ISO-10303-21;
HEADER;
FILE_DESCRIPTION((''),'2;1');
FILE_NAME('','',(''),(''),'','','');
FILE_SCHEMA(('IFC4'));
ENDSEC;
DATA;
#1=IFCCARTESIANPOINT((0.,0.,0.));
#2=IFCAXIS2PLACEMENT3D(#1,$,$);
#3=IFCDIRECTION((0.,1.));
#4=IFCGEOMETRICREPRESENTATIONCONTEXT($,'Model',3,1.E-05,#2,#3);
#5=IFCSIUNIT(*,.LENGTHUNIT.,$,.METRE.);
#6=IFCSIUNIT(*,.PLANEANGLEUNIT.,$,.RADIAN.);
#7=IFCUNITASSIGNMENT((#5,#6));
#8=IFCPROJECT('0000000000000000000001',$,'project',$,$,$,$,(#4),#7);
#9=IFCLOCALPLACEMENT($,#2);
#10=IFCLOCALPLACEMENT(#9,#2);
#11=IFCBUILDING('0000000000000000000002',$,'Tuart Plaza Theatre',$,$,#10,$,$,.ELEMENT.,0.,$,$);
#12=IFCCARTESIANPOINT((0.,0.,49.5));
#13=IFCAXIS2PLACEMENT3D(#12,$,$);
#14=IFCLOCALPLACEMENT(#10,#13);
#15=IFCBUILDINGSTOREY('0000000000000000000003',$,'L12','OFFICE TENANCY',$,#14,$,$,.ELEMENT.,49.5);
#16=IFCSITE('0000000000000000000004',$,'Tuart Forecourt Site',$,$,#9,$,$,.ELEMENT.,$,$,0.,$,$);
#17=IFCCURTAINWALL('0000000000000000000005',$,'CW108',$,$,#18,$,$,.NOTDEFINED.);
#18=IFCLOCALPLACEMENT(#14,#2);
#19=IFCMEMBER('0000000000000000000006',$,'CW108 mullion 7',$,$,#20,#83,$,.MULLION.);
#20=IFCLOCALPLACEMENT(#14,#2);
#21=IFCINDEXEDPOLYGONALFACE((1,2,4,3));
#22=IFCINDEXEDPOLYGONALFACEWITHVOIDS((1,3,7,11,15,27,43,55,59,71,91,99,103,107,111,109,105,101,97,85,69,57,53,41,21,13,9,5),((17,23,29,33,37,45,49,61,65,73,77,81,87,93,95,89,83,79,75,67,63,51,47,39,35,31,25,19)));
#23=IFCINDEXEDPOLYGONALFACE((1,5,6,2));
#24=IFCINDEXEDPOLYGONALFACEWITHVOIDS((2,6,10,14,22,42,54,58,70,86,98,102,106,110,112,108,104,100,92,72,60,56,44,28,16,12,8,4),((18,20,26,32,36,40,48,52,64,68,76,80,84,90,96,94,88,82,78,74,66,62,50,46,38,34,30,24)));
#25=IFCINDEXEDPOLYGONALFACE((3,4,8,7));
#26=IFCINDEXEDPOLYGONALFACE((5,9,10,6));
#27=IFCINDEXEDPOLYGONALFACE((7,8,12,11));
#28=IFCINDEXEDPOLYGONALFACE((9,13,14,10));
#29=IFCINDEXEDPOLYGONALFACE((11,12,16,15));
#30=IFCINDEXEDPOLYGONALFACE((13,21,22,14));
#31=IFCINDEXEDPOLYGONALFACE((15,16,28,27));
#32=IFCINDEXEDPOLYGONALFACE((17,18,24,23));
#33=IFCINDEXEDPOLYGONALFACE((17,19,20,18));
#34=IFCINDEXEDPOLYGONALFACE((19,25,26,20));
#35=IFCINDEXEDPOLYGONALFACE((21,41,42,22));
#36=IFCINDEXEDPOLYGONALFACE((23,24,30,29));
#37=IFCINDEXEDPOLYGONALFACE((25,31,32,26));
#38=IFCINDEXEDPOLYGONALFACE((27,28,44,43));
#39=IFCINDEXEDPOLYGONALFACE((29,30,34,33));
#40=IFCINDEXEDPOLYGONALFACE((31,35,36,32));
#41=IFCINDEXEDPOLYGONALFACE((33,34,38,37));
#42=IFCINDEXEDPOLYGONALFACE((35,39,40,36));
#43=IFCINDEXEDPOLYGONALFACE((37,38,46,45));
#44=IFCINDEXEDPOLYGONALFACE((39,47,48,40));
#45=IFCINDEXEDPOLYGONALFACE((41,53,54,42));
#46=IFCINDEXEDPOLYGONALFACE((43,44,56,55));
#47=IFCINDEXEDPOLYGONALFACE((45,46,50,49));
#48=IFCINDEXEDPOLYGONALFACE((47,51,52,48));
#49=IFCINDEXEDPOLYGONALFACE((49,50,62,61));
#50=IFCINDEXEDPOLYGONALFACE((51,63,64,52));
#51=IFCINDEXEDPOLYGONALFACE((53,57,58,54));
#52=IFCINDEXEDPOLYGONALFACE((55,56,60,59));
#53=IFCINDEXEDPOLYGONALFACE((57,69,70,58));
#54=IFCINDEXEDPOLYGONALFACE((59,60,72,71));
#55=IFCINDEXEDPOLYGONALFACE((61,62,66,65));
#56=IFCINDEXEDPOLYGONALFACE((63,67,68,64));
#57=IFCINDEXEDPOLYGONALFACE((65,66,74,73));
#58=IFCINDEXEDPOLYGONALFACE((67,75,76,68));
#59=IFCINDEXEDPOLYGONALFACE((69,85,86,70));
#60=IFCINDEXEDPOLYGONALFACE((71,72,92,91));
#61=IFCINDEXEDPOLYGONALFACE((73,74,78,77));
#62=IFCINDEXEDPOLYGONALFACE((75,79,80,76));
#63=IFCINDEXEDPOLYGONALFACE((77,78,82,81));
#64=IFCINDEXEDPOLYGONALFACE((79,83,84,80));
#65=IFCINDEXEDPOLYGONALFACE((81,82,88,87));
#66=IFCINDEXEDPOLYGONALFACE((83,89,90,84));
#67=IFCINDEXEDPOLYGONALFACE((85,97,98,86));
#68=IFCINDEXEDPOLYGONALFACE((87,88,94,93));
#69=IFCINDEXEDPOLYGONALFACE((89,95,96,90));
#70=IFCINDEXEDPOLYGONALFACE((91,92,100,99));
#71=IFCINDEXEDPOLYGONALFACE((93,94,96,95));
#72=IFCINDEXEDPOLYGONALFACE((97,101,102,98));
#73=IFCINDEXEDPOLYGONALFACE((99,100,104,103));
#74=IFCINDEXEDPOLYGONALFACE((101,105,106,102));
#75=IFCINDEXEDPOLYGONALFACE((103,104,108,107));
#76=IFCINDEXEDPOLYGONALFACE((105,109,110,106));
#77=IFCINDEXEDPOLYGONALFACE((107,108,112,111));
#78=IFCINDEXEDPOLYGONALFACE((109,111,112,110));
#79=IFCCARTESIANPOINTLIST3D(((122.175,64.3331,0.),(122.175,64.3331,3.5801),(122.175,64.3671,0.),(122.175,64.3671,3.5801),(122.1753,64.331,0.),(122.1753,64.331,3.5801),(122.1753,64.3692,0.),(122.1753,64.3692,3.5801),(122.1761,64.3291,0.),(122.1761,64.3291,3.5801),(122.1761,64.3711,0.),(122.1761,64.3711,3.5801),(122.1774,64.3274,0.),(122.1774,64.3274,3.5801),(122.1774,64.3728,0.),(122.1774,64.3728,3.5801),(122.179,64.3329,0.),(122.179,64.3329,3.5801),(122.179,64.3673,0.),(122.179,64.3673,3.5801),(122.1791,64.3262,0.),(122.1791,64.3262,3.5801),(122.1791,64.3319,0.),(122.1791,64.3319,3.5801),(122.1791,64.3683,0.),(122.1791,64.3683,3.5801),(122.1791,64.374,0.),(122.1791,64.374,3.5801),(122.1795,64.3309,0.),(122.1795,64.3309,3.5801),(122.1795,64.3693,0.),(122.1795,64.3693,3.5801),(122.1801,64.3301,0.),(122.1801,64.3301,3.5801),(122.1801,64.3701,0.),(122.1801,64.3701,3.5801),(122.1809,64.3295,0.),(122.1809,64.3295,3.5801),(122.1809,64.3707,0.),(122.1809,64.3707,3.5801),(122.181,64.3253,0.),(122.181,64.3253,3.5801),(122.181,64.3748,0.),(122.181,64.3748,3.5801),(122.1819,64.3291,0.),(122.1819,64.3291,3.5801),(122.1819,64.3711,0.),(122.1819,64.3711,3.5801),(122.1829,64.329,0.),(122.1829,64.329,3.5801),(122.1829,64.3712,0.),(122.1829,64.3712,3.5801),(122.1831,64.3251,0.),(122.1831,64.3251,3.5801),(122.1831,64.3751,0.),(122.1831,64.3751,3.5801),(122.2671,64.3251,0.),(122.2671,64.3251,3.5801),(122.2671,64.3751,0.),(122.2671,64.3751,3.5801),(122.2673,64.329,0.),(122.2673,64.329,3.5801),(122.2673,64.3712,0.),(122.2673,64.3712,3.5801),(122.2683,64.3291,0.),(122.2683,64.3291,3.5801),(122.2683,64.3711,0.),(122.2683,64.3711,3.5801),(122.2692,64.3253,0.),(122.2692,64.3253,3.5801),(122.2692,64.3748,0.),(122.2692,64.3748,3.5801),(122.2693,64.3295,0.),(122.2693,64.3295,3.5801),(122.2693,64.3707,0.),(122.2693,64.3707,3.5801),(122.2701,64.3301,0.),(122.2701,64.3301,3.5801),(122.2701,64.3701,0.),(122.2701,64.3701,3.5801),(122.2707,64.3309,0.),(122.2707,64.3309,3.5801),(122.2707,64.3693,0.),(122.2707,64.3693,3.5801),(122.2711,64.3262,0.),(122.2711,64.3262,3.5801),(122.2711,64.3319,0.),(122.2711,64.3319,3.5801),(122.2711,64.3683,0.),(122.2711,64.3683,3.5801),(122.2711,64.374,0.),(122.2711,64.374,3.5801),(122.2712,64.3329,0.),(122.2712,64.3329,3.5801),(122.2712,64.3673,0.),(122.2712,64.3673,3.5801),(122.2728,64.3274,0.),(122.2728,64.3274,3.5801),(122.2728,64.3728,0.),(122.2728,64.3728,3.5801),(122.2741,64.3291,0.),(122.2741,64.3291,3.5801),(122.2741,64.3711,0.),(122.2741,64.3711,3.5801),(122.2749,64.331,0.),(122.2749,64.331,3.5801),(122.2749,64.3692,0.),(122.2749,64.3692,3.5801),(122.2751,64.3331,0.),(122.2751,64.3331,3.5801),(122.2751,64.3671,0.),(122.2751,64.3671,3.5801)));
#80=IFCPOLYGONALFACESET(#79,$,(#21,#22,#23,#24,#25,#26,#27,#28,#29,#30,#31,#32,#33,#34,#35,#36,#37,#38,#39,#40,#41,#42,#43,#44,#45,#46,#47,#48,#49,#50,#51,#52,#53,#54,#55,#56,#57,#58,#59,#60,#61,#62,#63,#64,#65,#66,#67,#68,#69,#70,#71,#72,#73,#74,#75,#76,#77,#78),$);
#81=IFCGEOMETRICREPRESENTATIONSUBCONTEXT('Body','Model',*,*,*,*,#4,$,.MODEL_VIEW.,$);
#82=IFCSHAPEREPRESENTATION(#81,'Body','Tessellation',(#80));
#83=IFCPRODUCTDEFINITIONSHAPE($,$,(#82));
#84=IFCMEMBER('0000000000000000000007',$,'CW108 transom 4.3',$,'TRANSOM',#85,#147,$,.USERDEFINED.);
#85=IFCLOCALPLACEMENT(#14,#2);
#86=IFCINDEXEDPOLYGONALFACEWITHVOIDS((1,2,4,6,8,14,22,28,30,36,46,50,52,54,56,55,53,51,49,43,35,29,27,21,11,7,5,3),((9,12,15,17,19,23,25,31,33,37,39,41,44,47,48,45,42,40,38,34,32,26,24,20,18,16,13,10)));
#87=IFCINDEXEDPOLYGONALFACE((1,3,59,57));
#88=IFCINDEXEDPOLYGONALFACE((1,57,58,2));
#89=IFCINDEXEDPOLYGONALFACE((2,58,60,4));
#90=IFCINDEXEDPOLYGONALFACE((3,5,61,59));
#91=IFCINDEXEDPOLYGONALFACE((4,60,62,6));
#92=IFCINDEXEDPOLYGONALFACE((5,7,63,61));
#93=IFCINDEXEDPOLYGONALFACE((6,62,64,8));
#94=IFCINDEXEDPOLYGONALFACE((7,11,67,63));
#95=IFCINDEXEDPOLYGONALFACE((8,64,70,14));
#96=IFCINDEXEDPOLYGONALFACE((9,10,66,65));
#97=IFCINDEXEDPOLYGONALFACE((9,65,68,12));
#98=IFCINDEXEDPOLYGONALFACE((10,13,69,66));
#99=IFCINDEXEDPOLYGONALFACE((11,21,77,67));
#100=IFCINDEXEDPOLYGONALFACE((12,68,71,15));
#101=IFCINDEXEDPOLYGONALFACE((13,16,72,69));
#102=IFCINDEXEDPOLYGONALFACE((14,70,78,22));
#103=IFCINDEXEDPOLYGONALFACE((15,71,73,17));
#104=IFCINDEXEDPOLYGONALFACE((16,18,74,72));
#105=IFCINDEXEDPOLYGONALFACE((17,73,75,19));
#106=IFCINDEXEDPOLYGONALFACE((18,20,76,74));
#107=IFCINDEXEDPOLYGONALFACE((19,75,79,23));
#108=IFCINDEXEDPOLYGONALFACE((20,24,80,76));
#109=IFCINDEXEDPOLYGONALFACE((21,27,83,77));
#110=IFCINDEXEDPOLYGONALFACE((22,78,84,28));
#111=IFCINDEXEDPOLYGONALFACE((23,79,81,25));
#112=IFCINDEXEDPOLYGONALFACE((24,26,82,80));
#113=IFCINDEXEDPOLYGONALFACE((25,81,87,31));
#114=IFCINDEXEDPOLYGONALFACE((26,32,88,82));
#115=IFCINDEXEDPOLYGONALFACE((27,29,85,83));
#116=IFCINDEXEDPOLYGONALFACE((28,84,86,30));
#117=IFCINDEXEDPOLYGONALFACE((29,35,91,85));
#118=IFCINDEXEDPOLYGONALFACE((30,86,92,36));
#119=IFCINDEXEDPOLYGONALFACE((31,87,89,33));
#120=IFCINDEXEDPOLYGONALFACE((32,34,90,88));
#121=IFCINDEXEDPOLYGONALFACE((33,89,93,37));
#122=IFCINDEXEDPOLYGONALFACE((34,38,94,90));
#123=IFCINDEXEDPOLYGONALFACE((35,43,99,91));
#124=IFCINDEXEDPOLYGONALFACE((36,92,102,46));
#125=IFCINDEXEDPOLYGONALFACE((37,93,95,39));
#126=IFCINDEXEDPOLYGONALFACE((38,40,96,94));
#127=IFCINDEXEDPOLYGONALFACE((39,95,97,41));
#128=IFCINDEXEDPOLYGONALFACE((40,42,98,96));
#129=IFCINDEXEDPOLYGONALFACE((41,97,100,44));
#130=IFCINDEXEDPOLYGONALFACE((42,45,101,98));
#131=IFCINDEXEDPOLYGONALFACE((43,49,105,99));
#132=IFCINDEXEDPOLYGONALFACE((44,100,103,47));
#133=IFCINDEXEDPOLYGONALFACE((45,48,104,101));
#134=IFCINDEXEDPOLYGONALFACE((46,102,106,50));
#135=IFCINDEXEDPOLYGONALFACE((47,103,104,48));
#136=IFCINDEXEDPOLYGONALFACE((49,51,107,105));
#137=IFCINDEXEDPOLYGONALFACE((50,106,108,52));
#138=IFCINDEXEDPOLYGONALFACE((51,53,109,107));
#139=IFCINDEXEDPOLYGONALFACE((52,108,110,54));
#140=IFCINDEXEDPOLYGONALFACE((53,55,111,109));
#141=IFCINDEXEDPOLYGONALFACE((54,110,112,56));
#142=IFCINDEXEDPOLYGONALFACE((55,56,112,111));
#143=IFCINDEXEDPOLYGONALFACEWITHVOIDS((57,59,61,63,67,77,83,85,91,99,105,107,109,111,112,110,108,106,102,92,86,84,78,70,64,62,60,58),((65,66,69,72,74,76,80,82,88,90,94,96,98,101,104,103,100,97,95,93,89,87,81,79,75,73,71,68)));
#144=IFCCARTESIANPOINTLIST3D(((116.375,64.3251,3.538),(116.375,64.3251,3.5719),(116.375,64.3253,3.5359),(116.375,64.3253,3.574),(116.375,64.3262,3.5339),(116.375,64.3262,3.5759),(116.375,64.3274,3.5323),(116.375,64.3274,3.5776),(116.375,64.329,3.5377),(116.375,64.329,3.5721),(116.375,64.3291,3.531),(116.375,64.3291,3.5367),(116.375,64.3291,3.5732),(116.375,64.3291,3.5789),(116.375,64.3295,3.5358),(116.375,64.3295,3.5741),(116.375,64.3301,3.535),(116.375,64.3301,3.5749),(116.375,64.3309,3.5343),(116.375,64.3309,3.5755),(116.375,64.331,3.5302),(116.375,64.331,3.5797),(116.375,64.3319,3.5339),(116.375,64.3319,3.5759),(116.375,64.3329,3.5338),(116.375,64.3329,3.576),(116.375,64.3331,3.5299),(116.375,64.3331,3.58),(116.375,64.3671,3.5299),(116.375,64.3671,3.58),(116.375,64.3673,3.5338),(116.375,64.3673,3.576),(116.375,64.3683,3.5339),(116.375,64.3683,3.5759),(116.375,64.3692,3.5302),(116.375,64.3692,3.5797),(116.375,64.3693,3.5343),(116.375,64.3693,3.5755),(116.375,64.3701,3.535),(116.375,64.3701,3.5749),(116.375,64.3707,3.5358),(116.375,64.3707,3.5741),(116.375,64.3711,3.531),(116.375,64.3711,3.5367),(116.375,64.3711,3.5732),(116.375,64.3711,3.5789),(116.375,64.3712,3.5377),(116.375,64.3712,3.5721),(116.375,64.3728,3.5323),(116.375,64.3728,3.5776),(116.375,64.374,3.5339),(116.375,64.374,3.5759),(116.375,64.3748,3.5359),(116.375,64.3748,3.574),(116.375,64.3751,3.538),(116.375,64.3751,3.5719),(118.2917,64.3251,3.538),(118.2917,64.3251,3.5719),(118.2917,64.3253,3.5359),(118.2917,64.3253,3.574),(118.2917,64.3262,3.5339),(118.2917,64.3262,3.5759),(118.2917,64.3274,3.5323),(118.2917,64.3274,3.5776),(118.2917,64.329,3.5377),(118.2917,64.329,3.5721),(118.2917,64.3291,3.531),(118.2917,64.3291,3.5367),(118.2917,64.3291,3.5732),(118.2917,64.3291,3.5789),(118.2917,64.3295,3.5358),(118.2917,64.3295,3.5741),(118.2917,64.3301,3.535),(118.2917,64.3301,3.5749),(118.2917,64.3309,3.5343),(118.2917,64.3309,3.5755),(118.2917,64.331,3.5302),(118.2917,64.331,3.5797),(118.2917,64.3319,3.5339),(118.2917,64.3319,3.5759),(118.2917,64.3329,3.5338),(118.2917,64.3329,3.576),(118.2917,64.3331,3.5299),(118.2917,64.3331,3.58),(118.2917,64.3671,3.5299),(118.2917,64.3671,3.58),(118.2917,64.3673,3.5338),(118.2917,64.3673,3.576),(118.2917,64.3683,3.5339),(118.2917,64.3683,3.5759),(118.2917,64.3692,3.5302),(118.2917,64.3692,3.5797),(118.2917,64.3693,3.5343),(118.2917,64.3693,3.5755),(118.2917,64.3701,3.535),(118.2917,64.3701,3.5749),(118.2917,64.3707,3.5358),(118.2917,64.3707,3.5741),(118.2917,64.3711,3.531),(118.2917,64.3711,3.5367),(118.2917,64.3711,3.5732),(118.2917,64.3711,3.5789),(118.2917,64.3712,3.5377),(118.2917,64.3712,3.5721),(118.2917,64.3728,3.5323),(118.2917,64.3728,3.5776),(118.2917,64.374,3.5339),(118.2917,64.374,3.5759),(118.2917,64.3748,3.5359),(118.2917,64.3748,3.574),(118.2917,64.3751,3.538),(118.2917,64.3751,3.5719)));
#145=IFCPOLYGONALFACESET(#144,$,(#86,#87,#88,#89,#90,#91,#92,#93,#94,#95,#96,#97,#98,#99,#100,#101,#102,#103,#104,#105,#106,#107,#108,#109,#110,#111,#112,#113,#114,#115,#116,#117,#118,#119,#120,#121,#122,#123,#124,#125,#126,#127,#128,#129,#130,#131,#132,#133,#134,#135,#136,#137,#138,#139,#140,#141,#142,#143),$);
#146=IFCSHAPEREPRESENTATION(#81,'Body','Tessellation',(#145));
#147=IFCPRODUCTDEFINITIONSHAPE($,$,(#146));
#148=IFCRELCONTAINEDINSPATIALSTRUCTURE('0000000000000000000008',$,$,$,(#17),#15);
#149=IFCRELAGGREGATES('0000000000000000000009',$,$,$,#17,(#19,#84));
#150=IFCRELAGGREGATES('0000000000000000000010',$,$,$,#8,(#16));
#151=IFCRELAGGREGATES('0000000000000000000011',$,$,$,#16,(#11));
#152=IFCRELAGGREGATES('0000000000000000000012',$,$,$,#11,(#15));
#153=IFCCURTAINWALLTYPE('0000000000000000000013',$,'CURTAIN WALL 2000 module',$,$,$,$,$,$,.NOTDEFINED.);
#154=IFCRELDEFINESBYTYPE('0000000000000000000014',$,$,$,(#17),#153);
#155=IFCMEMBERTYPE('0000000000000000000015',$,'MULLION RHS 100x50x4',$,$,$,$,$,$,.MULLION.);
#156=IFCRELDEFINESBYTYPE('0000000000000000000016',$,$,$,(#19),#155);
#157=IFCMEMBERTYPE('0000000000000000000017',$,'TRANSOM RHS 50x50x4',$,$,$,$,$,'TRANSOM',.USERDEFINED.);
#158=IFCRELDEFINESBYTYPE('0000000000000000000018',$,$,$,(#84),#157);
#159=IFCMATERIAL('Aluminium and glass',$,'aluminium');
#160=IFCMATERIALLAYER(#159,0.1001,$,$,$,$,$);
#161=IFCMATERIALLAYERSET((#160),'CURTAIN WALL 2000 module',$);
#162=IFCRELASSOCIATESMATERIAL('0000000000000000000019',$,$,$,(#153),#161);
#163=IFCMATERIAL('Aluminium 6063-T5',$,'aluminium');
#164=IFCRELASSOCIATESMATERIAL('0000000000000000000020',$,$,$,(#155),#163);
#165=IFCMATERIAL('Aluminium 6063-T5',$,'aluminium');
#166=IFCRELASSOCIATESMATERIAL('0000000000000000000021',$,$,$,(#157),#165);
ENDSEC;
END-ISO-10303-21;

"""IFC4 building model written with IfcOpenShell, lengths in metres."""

from ifc_helpers import new_model, si_unit, direction, frame, origin, origin_2d, place, context, subcontext, project, spatial, hollow_rectangle, extrude, material, layer, layer_set, material_profile, profile_set, type_object, element, aggregate, save


model = new_model("IFC4")

# Units and contexts
model_context = context("Model", 3, precision=1e-05, world=origin(), true_north=direction((0.0, 1.0)))
body_context = subcontext(model_context, "Body", "Model", "MODEL_VIEW")
ifc_project = project(units=[si_unit("LENGTHUNIT", "METRE"), si_unit("PLANEANGLEUNIT", "RADIAN")], contexts=[model_context])

# Site, building, storey
site_placement = place(None, origin())
site = spatial("IfcSite", under=ifc_project, at=site_placement, Name="Tuart Forecourt Site", CompositionType="ELEMENT", RefElevation=0.0)
building_placement = place(site_placement, origin())
building = spatial("IfcBuilding", under=site, at=building_placement, Name="Tuart Plaza Theatre", CompositionType="ELEMENT", ElevationOfRefHeight=0.0)
storey_placement = place(building_placement, frame((0.0, 0.0, 49.5)))
storey = spatial("IfcBuildingStorey", under=building, at=storey_placement, Name="L12", Description="OFFICE TENANCY", CompositionType="ELEMENT", Elevation=49.5)

# Curtain wall, members
ifc_material_1 = material(Name="Aluminium and glass", Category="aluminium")
ifc_layer_1 = layer(ifc_material_1, 0.1001)
ifc_layer_set_1 = layer_set([ifc_layer_1], Name="CURTAIN WALL 2000 module")
curtain_wall_type = type_object("IfcCurtainWallType", Name="CURTAIN WALL 2000 module", PredefinedType="NOTDEFINED", material=ifc_layer_set_1)
curtain_wall_1_placement = place(storey_placement, origin())
curtain_wall_1 = element("IfcCurtainWall", 1, at=curtain_wall_1_placement, inside=storey, type_object=curtain_wall_type, Name="CW108", PredefinedType="NOTDEFINED")
ifc_material_2 = material(Name="Aluminium 6063-T5", Category="aluminium")
ifc_material_profile_1 = material_profile(ifc_material_2, hollow_rectangle(XDim=0.05, YDim=0.1001, WallThickness=0.0039, InnerFilletRadius=0.0039, OuterFilletRadius=0.0081, at=origin_2d()), Name="RHS 100x50x4")
ifc_profile_set_1 = profile_set([ifc_material_profile_1], Name="Aluminium 6063-T5")
member_type_1 = type_object("IfcMemberType", Name="MULLION RHS 100x50x4", PredefinedType="MULLION", material=ifc_profile_set_1)
member_1_placement = place(storey_placement, frame((122.2251, 64.3501, 0.0), z_axis=(0.0, 0.0, 1.0), x_axis=(0.0, 1.0, 0.0)))
member_1 = element("IfcMember", 2, at=member_1_placement, type_object=member_type_1, Name="CW108 mullion 7", PredefinedType="MULLION", context=body_context, shape_type="SweptSolid", body=[
    extrude(hollow_rectangle(XDim=0.05, YDim=0.1001, WallThickness=0.0039, InnerFilletRadius=0.0039, OuterFilletRadius=0.0081, at=origin_2d()), origin(), (0.0, 0.0, 1.0), 3.5801),
])
ifc_material_3 = material(Name="Aluminium 6063-T5", Category="aluminium")
ifc_material_profile_2 = material_profile(ifc_material_3, hollow_rectangle(XDim=0.05, YDim=0.05, WallThickness=0.0039, InnerFilletRadius=0.0039, OuterFilletRadius=0.0081, at=origin_2d()), Name="RHS 50x50x4")
ifc_profile_set_2 = profile_set([ifc_material_profile_2], Name="Aluminium 6063-T5")
member_type_2 = type_object("IfcMemberType", Name="TRANSOM RHS 50x50x4", ElementType="TRANSOM", PredefinedType="USERDEFINED", material=ifc_profile_set_2)
member_2_placement = place(storey_placement, frame((116.375, 64.3501, 3.5549), z_axis=(1.0, 0.0, 0.0), x_axis=(0.0, 1.0, 0.0)))
member_2 = element("IfcMember", 3, at=member_2_placement, type_object=member_type_2, Name="CW108 transom 4.3", ObjectType="TRANSOM", PredefinedType="USERDEFINED", context=body_context, shape_type="SweptSolid", body=[
    extrude(hollow_rectangle(XDim=0.05, YDim=0.05, WallThickness=0.0039, InnerFilletRadius=0.0039, OuterFilletRadius=0.0081, at=origin_2d()), origin(), (0.0, 0.0, 1.0), 1.9167),
])

aggregate(curtain_wall_1, [member_1, member_2])

save(model, "model.ifc")
